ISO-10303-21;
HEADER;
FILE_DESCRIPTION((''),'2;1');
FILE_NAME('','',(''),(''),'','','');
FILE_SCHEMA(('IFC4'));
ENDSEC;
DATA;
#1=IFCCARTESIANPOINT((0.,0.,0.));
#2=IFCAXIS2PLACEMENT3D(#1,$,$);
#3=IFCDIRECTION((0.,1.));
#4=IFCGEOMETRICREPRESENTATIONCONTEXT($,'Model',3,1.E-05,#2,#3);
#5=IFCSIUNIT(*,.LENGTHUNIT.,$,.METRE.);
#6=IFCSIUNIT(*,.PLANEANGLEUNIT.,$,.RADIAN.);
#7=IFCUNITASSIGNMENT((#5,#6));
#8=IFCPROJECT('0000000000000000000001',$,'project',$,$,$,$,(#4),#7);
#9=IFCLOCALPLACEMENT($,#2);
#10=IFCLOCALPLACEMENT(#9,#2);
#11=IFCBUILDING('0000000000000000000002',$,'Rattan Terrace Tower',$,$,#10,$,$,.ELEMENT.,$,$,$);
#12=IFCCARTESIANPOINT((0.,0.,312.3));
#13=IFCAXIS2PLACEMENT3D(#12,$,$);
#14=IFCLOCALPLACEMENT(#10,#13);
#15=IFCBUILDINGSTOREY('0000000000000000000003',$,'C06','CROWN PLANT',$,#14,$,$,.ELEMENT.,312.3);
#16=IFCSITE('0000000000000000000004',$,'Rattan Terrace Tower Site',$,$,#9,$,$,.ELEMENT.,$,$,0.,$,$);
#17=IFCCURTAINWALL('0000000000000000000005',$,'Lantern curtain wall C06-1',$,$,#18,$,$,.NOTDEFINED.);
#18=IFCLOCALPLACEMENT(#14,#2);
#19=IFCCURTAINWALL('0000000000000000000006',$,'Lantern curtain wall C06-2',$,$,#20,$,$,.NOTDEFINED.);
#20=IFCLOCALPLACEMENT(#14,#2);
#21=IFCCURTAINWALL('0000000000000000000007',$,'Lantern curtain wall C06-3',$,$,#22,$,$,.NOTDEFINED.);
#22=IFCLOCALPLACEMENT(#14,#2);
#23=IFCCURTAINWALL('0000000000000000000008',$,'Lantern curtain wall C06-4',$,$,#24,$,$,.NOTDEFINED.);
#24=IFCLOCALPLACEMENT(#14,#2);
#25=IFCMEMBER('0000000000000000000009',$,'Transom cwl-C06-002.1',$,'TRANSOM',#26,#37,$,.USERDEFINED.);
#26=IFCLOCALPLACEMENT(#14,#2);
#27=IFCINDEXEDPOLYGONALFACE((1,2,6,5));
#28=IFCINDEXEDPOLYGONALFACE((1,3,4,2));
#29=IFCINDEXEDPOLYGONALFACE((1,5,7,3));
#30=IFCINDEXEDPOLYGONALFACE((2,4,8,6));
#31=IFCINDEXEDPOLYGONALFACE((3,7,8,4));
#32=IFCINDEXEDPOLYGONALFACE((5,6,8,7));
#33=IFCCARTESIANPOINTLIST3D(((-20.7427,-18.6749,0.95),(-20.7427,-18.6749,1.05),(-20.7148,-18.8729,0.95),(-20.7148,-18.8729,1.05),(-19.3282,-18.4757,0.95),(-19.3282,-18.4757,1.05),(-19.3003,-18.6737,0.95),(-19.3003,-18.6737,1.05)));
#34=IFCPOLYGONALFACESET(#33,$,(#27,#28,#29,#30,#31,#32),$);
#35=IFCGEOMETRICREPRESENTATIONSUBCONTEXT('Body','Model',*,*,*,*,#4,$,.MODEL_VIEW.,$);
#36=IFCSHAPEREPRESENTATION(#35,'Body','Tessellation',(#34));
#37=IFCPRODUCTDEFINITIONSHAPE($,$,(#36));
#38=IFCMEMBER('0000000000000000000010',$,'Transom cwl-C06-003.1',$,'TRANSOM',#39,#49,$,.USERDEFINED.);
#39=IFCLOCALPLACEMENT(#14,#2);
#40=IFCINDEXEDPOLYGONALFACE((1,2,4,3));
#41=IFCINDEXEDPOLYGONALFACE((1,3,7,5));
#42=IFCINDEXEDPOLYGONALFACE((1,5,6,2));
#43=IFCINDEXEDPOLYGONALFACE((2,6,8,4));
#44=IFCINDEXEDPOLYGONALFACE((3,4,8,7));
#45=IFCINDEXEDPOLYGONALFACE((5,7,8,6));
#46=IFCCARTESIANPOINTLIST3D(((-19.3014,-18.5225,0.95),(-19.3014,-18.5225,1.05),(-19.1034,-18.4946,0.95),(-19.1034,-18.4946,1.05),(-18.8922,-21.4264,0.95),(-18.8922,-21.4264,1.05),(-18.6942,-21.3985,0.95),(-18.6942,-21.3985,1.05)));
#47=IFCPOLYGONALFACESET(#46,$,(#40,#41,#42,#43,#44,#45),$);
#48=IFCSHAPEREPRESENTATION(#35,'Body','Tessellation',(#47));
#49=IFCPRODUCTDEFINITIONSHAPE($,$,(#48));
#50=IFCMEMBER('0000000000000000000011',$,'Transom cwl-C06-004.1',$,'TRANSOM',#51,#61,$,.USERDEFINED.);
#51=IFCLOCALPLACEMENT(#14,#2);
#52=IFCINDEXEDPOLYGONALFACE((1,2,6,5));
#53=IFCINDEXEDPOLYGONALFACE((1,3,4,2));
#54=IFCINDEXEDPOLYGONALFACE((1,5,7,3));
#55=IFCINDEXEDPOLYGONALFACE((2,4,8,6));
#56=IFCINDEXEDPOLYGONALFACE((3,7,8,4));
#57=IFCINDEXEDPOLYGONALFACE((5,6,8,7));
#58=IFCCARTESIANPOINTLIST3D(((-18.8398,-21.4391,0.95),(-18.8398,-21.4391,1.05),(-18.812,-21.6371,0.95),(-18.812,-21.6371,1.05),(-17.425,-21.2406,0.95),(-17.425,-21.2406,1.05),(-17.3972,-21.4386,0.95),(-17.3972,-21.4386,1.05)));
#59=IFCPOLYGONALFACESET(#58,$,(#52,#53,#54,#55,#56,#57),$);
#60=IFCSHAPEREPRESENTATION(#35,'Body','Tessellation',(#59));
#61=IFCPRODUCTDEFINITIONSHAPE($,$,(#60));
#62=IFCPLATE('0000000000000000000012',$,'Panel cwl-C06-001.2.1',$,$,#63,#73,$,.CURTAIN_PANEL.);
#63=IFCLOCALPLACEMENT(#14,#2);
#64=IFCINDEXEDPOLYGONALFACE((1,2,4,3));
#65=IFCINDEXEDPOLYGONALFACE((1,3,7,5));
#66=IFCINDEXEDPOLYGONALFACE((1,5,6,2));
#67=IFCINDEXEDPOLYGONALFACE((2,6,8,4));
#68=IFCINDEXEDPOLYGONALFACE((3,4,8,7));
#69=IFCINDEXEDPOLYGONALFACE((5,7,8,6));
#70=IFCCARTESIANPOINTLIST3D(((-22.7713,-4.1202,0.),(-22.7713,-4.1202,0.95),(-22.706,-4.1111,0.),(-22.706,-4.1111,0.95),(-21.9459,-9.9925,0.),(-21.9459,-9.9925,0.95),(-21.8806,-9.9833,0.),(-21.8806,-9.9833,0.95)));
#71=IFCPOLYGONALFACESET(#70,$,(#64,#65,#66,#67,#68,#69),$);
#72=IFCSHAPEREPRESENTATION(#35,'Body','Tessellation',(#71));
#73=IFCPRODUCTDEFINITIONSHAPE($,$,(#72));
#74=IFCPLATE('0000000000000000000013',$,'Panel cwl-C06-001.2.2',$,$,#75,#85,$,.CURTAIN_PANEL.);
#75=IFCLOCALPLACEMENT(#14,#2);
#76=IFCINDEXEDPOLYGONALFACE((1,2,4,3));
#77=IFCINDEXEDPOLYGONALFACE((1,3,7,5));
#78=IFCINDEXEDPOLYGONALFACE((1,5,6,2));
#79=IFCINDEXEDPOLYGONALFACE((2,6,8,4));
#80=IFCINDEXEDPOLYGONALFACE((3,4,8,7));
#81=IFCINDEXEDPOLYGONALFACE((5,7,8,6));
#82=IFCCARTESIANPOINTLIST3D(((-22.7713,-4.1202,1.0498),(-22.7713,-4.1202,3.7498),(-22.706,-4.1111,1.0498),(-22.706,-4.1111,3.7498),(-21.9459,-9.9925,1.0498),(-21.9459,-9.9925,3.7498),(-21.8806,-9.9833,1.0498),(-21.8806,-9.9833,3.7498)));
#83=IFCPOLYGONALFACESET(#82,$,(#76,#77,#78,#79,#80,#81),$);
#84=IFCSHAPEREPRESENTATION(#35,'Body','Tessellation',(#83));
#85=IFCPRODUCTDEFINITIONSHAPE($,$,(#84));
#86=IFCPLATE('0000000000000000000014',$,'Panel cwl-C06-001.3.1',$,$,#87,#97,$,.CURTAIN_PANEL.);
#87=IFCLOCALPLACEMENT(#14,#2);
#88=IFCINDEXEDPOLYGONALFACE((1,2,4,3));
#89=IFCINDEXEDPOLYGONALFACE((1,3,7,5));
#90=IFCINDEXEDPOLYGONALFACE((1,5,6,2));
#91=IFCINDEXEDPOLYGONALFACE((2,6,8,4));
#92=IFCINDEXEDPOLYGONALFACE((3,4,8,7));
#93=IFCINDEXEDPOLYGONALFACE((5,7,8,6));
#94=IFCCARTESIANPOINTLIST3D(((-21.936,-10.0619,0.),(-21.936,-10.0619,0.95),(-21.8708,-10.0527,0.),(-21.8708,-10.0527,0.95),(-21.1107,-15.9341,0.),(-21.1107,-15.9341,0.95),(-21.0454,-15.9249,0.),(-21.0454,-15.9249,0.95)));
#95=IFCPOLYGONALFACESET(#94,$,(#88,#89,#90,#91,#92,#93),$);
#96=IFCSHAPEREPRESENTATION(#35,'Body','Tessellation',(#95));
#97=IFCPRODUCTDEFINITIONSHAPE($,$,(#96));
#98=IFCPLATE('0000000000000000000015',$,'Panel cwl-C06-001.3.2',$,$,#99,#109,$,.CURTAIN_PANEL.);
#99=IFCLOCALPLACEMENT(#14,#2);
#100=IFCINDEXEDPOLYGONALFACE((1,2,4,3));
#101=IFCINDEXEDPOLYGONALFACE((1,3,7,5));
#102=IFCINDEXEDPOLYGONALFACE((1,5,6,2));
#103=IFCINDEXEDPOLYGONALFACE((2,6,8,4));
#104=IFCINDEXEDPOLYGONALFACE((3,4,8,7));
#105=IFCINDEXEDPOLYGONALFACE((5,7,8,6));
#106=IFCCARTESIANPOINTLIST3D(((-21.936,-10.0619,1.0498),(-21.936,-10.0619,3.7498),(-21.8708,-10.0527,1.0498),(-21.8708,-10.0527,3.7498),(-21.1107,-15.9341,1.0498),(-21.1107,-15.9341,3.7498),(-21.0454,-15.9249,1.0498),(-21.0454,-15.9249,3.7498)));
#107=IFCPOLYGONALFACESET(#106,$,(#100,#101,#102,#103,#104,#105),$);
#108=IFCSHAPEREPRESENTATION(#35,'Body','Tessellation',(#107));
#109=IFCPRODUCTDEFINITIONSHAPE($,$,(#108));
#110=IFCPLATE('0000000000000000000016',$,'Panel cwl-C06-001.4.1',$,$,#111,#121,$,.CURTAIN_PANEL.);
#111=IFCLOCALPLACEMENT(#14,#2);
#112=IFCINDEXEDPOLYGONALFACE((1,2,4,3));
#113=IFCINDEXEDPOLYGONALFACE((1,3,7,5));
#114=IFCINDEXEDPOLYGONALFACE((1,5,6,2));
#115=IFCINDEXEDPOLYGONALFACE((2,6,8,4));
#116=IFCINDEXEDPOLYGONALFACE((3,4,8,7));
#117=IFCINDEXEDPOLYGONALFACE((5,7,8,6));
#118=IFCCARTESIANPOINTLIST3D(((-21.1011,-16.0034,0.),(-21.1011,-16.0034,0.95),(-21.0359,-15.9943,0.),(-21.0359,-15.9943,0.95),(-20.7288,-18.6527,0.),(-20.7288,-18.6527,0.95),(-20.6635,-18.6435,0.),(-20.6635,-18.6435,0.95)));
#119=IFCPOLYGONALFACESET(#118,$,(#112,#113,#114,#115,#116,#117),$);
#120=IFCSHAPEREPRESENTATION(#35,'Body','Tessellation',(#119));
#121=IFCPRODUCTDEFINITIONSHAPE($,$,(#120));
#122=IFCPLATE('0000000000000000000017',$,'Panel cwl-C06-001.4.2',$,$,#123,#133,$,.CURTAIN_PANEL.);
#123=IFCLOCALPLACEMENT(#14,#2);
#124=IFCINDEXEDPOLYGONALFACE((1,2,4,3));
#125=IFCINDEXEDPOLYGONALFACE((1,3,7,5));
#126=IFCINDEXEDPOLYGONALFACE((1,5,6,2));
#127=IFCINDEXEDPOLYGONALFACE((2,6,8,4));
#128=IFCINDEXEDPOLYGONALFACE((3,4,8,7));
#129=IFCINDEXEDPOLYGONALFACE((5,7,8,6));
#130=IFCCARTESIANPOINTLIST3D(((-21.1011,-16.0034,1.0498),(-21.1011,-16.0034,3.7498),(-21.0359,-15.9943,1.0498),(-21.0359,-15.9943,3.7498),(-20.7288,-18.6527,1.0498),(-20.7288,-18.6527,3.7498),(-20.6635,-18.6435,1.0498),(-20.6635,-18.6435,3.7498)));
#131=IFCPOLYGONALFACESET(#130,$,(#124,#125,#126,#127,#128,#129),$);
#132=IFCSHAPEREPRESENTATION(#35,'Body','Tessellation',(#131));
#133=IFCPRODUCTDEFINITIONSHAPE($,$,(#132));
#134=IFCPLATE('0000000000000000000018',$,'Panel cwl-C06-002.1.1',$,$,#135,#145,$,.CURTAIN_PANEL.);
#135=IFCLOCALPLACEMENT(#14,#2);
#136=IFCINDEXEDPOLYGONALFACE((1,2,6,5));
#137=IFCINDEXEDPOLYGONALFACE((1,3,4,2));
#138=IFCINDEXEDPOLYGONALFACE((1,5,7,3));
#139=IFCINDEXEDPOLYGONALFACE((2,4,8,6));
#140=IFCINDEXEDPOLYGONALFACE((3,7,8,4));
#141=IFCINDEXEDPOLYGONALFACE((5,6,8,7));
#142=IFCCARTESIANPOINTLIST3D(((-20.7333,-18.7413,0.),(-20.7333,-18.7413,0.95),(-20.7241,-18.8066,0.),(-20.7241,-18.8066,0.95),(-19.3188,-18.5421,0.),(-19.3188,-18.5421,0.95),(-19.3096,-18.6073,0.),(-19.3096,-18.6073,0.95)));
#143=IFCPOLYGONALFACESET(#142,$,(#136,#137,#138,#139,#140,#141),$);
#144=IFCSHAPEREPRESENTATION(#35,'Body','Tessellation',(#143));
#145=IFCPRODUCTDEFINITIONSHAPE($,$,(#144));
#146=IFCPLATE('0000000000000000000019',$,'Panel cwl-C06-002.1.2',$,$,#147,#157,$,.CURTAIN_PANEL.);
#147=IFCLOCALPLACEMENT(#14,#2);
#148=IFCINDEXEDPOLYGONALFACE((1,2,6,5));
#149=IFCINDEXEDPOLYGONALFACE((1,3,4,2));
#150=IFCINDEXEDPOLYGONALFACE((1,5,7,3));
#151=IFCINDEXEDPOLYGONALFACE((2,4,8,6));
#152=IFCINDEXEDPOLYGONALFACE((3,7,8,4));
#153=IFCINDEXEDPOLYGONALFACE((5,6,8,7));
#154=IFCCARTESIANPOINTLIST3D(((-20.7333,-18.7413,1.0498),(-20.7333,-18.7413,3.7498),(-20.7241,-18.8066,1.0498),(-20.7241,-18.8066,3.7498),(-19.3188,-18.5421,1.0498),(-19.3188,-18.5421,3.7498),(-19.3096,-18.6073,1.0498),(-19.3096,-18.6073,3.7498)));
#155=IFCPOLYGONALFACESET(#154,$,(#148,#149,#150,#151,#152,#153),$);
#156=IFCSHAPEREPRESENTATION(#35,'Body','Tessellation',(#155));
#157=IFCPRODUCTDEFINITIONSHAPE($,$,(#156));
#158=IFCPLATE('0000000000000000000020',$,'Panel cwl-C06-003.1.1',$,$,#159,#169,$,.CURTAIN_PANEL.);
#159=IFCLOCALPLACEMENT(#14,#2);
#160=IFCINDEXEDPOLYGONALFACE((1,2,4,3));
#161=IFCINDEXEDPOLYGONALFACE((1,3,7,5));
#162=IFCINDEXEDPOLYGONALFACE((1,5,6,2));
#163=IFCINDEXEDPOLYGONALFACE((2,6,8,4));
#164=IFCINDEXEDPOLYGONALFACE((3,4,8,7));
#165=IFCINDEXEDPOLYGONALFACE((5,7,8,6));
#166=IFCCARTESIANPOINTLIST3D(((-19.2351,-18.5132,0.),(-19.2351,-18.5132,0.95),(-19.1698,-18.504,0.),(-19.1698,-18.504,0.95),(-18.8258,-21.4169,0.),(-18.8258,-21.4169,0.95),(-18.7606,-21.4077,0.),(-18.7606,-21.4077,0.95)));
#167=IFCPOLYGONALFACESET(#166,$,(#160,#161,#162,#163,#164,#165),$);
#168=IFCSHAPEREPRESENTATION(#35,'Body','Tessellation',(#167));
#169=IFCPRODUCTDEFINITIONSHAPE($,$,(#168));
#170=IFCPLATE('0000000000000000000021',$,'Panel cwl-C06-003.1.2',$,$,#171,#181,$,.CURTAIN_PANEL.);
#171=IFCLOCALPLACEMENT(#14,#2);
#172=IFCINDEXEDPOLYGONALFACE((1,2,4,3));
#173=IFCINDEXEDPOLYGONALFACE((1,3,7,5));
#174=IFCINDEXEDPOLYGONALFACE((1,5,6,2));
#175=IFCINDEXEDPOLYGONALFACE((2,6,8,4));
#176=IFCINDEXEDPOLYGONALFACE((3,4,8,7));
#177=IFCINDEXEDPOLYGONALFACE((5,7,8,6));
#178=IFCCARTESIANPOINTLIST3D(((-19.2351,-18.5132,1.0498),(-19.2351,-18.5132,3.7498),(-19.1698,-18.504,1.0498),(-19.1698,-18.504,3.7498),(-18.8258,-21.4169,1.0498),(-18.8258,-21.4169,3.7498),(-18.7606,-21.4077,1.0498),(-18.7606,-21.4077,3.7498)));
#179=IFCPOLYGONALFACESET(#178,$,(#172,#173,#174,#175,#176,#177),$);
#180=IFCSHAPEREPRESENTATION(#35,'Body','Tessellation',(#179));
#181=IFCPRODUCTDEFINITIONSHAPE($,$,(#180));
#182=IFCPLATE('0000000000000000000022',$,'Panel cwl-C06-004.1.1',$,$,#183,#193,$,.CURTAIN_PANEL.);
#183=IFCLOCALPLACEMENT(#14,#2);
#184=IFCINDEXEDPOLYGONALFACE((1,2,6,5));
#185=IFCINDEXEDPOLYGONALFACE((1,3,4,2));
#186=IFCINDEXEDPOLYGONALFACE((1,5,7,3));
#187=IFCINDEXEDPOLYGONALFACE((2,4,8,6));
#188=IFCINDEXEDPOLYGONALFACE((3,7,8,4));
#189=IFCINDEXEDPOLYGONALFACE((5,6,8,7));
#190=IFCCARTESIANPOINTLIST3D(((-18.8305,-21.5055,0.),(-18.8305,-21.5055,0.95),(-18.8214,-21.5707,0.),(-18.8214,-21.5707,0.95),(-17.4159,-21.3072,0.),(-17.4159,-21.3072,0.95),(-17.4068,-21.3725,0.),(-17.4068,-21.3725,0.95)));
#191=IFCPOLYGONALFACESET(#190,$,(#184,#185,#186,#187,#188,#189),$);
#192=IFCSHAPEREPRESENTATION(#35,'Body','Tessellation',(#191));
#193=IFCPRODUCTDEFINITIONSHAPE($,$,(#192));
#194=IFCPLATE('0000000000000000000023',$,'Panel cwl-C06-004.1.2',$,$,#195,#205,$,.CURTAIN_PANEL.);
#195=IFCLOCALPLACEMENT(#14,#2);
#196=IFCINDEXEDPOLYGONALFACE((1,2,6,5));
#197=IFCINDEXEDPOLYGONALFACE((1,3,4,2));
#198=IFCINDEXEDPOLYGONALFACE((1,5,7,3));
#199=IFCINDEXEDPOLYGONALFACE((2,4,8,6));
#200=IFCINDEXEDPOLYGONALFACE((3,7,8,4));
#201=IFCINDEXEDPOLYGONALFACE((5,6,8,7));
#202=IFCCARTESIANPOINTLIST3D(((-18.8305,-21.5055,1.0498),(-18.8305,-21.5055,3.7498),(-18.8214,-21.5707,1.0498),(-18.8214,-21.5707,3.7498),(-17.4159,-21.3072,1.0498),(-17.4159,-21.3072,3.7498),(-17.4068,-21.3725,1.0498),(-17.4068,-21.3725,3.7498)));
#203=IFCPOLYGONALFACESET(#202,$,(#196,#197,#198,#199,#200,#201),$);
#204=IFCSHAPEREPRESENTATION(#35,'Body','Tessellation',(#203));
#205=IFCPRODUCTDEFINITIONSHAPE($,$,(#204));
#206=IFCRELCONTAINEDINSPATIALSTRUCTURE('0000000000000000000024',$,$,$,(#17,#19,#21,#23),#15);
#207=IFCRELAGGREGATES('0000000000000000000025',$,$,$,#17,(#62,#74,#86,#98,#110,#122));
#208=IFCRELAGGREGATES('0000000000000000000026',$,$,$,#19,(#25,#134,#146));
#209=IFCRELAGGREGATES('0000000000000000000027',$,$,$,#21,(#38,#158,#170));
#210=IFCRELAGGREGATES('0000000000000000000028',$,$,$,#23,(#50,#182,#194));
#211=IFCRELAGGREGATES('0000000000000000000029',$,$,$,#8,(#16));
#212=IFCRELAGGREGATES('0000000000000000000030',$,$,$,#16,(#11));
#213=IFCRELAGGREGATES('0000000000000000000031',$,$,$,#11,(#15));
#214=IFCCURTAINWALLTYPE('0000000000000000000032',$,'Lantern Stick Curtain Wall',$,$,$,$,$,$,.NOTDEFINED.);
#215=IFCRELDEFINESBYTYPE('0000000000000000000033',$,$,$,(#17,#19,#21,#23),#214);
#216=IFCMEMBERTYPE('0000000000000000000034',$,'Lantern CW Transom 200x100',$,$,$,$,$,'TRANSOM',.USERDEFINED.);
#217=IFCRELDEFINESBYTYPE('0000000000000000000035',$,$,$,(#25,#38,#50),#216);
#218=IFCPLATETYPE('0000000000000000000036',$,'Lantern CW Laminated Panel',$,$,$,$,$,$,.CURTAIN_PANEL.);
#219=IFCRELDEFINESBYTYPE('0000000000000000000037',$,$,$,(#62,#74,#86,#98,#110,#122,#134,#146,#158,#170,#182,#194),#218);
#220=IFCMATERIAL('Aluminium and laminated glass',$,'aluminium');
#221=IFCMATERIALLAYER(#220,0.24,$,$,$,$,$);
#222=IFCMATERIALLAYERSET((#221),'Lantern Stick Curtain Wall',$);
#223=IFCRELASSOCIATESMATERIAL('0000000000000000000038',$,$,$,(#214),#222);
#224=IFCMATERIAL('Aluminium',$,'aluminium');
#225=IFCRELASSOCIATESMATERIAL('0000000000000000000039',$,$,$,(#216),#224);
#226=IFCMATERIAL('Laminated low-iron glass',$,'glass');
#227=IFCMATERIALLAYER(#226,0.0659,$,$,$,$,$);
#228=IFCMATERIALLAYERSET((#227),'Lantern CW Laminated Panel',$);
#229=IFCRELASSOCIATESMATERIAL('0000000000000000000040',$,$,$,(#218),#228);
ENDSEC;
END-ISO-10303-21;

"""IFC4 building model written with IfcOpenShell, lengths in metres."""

from ifc_helpers import new_model, si_unit, direction, frame, origin, origin_2d, place, context, subcontext, project, spatial, rectangle, extrude, material, layer, layer_set, material_profile, profile_set, type_object, element, aggregate, save


model = new_model("IFC4")

# Units and contexts
model_context = context("Model", 3, precision=1e-05, world=origin(), true_north=direction((0.0, 1.0)))
body_context = subcontext(model_context, "Body", "Model", "MODEL_VIEW")
ifc_project = project(units=[si_unit("LENGTHUNIT", "METRE"), si_unit("PLANEANGLEUNIT", "RADIAN")], contexts=[model_context])

# Site, building, storey
site_placement = place(None, origin())
site = spatial("IfcSite", under=ifc_project, at=site_placement, Name="Rattan Terrace Tower Site", CompositionType="ELEMENT", RefElevation=0.0)
building_placement = place(site_placement, origin())
building = spatial("IfcBuilding", under=site, at=building_placement, Name="Rattan Terrace Tower", CompositionType="ELEMENT")
storey_placement = place(building_placement, frame((0.0, 0.0, 312.3)))
storey = spatial("IfcBuildingStorey", under=building, at=storey_placement, Name="C06", Description="CROWN PLANT", CompositionType="ELEMENT", Elevation=312.3)

# Curtain wall
ifc_material_1 = material(Name="Aluminium and laminated glass", Category="aluminium")
ifc_layer_1 = layer(ifc_material_1, 0.24)
ifc_layer_set_1 = layer_set([ifc_layer_1], Name="Lantern Stick Curtain Wall")
curtain_wall_type = type_object("IfcCurtainWallType", Name="Lantern Stick Curtain Wall", PredefinedType="NOTDEFINED", material=ifc_layer_set_1)
curtain_wall_1_placement = place(storey_placement, origin())
curtain_wall_1 = element("IfcCurtainWall", 1, at=curtain_wall_1_placement, inside=storey, type_object=curtain_wall_type, Name="Lantern curtain wall C06-1", PredefinedType="NOTDEFINED")

# Curtain walls
curtain_wall_2_placement = place(storey_placement, origin())
curtain_wall_2 = element("IfcCurtainWall", 2, at=curtain_wall_2_placement, inside=storey, type_object=curtain_wall_type, Name="Lantern curtain wall C06-2", PredefinedType="NOTDEFINED")
curtain_wall_3_placement = place(storey_placement, origin())
curtain_wall_3 = element("IfcCurtainWall", 3, at=curtain_wall_3_placement, inside=storey, type_object=curtain_wall_type, Name="Lantern curtain wall C06-3", PredefinedType="NOTDEFINED")
curtain_wall_4_placement = place(storey_placement, origin())
curtain_wall_4 = element("IfcCurtainWall", 4, at=curtain_wall_4_placement, inside=storey, type_object=curtain_wall_type, Name="Lantern curtain wall C06-4", PredefinedType="NOTDEFINED")

# Members
ifc_material_2 = material(Name="Aluminium", Category="aluminium")
ifc_material_profile_1 = material_profile(ifc_material_2, rectangle(XDim=0.2, YDim=0.1001, at=origin_2d()), Name="Aluminium 200x100")
ifc_profile_set_1 = profile_set([ifc_material_profile_1], Name="Aluminium")
member_type_1 = type_object("IfcMemberType", Name="Lantern CW Transom 200x100", ElementType="TRANSOM", PredefinedType="USERDEFINED", material=ifc_profile_set_1)
member_1_placement = place(storey_placement, frame((-20.7288, -18.7739, 1.0), z_axis=(0.990228, 0.139459, 0.0), x_axis=(-0.139459, 0.990228, 0.0)))
member_1 = element("IfcMember", 5, at=member_1_placement, type_object=member_type_1, Name="Transom cwl-C06-002.1", ObjectType="TRANSOM", PredefinedType="USERDEFINED", context=body_context, shape_type="SweptSolid", body=[
    extrude(rectangle(XDim=0.2, YDim=0.1001, at=origin_2d()), origin(), (0.0, 0.0, 1.0), 1.4285),
])
member_2_placement = place(storey_placement, frame((-19.2024, -18.5085, 1.0), z_axis=(0.139533, -0.990217, 0.0), x_axis=(0.990217, 0.139533, 0.0)))
member_2 = element("IfcMember", 6, at=member_2_placement, type_object=member_type_1, Name="Transom cwl-C06-003.1", ObjectType="TRANSOM", PredefinedType="USERDEFINED", context=body_context, shape_type="SweptSolid", body=[
    extrude(rectangle(XDim=0.2, YDim=0.1001, at=origin_2d()), origin(), (0.0, 0.0, 1.0), 2.9326),
])
member_3_placement = place(storey_placement, frame((-18.8259, -21.5381, 1.0), z_axis=(0.990302, 0.138933, 0.0), x_axis=(-0.138933, 0.990302, 0.0)))
member_3 = element("IfcMember", 7, at=member_3_placement, type_object=member_type_1, Name="Transom cwl-C06-004.1", ObjectType="TRANSOM", PredefinedType="USERDEFINED", context=body_context, shape_type="SweptSolid", body=[
    extrude(rectangle(XDim=0.2, YDim=0.1001, at=origin_2d()), origin(), (0.0, 0.0, 1.0), 1.4287),
])

# Plates
ifc_material_3 = material(Name="Laminated low-iron glass", Category="glass")
ifc_layer_2 = layer(ifc_material_3, 0.0659)
ifc_layer_set_2 = layer_set([ifc_layer_2], Name="Lantern CW Laminated Panel")
plate_type = type_object("IfcPlateType", Name="Lantern CW Laminated Panel", PredefinedType="CURTAIN_PANEL", material=ifc_layer_set_2)
plate_1_placement = place(storey_placement, frame((-22.3259, -7.0518, 0.0), z_axis=(0.0, 0.0, 1.0), x_axis=(0.139188, -0.990266, 0.0)))
plate_1 = element("IfcPlate", 8, at=plate_1_placement, type_object=plate_type, Name="Panel cwl-C06-001.2.1", PredefinedType="CURTAIN_PANEL", context=body_context, shape_type="SweptSolid", body=[
    extrude(rectangle(XDim=5.9299, YDim=0.0659, at=origin_2d()), origin(), (0.0, 0.0, 1.0), 0.95),
])
plate_2_placement = place(storey_placement, frame((-22.3259, -7.0518, 1.0498), z_axis=(0.0, 0.0, 1.0), x_axis=(0.139188, -0.990266, 0.0)))
plate_2 = element("IfcPlate", 9, at=plate_2_placement, type_object=plate_type, Name="Panel cwl-C06-001.2.2", PredefinedType="CURTAIN_PANEL", context=body_context, shape_type="SweptSolid", body=[
    extrude(rectangle(XDim=5.9299, YDim=0.0659, at=origin_2d()), origin(), (0.0, 0.0, 1.0), 2.7),
])
plate_3_placement = place(storey_placement, frame((-21.4907, -12.9934, 0.0), z_axis=(0.0, 0.0, 1.0), x_axis=(0.139188, -0.990266, 0.0)))
plate_3 = element("IfcPlate", 10, at=plate_3_placement, type_object=plate_type, Name="Panel cwl-C06-001.3.1", PredefinedType="CURTAIN_PANEL", context=body_context, shape_type="SweptSolid", body=[
    extrude(rectangle(XDim=5.9299, YDim=0.0659, at=origin_2d()), origin(), (0.0, 0.0, 1.0), 0.95),
])
plate_4_placement = place(storey_placement, frame((-21.4907, -12.9934, 1.0498), z_axis=(0.0, 0.0, 1.0), x_axis=(0.139188, -0.990266, 0.0)))
plate_4 = element("IfcPlate", 11, at=plate_4_placement, type_object=plate_type, Name="Panel cwl-C06-001.3.2", PredefinedType="CURTAIN_PANEL", context=body_context, shape_type="SweptSolid", body=[
    extrude(rectangle(XDim=5.9299, YDim=0.0659, at=origin_2d()), origin(), (0.0, 0.0, 1.0), 2.7),
])
plate_5_placement = place(storey_placement, frame((-20.8823, -17.3235, 0.0), z_axis=(0.0, 0.0, 1.0), x_axis=(0.139188, -0.990266, 0.0)))
plate_5 = element("IfcPlate", 12, at=plate_5_placement, type_object=plate_type, Name="Panel cwl-C06-001.4.1", PredefinedType="CURTAIN_PANEL", context=body_context, shape_type="SweptSolid", body=[
    extrude(rectangle(XDim=2.6753, YDim=0.0659, at=origin_2d()), origin(), (0.0, 0.0, 1.0), 0.95),
])
plate_6_placement = place(storey_placement, frame((-20.8823, -17.3235, 1.0498), z_axis=(0.0, 0.0, 1.0), x_axis=(0.139188, -0.990266, 0.0)))
plate_6 = element("IfcPlate", 13, at=plate_6_placement, type_object=plate_type, Name="Panel cwl-C06-001.4.2", PredefinedType="CURTAIN_PANEL", context=body_context, shape_type="SweptSolid", body=[
    extrude(rectangle(XDim=2.6753, YDim=0.0659, at=origin_2d()), origin(), (0.0, 0.0, 1.0), 2.7),
])
aggregate(curtain_wall_1, [plate_1, plate_2, plate_3, plate_4, plate_5, plate_6])
plate_7_placement = place(storey_placement, frame((-20.0215, -18.6743, 0.0), z_axis=(0.0, 0.0, 1.0), x_axis=(0.990228, 0.139459, 0.0)))
plate_7 = element("IfcPlate", 14, at=plate_7_placement, type_object=plate_type, Name="Panel cwl-C06-002.1.1", PredefinedType="CURTAIN_PANEL", context=body_context, shape_type="SweptSolid", body=[
    extrude(rectangle(XDim=1.4285, YDim=0.0659, at=origin_2d()), origin(), (0.0, 0.0, 1.0), 0.95),
])
plate_8_placement = place(storey_placement, frame((-20.0215, -18.6743, 1.0498), z_axis=(0.0, 0.0, 1.0), x_axis=(0.990228, 0.139459, 0.0)))
plate_8 = element("IfcPlate", 15, at=plate_8_placement, type_object=plate_type, Name="Panel cwl-C06-002.1.2", PredefinedType="CURTAIN_PANEL", context=body_context, shape_type="SweptSolid", body=[
    extrude(rectangle(XDim=1.4285, YDim=0.0659, at=origin_2d()), origin(), (0.0, 0.0, 1.0), 2.7),
])
aggregate(curtain_wall_2, [member_1, plate_7, plate_8])
plate_9_placement = place(storey_placement, frame((-18.9978, -19.9604, 0.0), z_axis=(0.0, 0.0, 1.0), x_axis=(0.139556, -0.990214, 0.0)))
plate_9 = element("IfcPlate", 16, at=plate_9_placement, type_object=plate_type, Name="Panel cwl-C06-003.1.1", PredefinedType="CURTAIN_PANEL", context=body_context, shape_type="SweptSolid", body=[
    extrude(rectangle(XDim=2.9324, YDim=0.0659, at=origin_2d()), origin(), (0.0, 0.0, 1.0), 0.95),
])
plate_10_placement = place(storey_placement, frame((-18.9978, -19.9604, 1.0498), z_axis=(0.0, 0.0, 1.0), x_axis=(0.139556, -0.990214, 0.0)))
plate_10 = element("IfcPlate", 17, at=plate_10_placement, type_object=plate_type, Name="Panel cwl-C06-003.1.2", PredefinedType="CURTAIN_PANEL", context=body_context, shape_type="SweptSolid", body=[
    extrude(rectangle(XDim=2.9324, YDim=0.0659, at=origin_2d()), origin(), (0.0, 0.0, 1.0), 2.7),
])
aggregate(curtain_wall_3, [member_2, plate_9, plate_10])
plate_11_placement = place(storey_placement, frame((-18.1187, -21.439, 0.0), z_axis=(0.0, 0.0, 1.0), x_axis=(0.99032, 0.138805, 0.0)))
plate_11 = element("IfcPlate", 18, at=plate_11_placement, type_object=plate_type, Name="Panel cwl-C06-004.1.1", PredefinedType="CURTAIN_PANEL", context=body_context, shape_type="SweptSolid", body=[
    extrude(rectangle(XDim=1.4285, YDim=0.0659, at=origin_2d()), origin(), (0.0, 0.0, 1.0), 0.95),
])
plate_12_placement = place(storey_placement, frame((-18.1187, -21.439, 1.0498), z_axis=(0.0, 0.0, 1.0), x_axis=(0.99032, 0.138805, 0.0)))
plate_12 = element("IfcPlate", 19, at=plate_12_placement, type_object=plate_type, Name="Panel cwl-C06-004.1.2", PredefinedType="CURTAIN_PANEL", context=body_context, shape_type="SweptSolid", body=[
    extrude(rectangle(XDim=1.4285, YDim=0.0659, at=origin_2d()), origin(), (0.0, 0.0, 1.0), 2.7),
])
aggregate(curtain_wall_4, [member_3, plate_11, plate_12])

save(model, "model.ifc")
